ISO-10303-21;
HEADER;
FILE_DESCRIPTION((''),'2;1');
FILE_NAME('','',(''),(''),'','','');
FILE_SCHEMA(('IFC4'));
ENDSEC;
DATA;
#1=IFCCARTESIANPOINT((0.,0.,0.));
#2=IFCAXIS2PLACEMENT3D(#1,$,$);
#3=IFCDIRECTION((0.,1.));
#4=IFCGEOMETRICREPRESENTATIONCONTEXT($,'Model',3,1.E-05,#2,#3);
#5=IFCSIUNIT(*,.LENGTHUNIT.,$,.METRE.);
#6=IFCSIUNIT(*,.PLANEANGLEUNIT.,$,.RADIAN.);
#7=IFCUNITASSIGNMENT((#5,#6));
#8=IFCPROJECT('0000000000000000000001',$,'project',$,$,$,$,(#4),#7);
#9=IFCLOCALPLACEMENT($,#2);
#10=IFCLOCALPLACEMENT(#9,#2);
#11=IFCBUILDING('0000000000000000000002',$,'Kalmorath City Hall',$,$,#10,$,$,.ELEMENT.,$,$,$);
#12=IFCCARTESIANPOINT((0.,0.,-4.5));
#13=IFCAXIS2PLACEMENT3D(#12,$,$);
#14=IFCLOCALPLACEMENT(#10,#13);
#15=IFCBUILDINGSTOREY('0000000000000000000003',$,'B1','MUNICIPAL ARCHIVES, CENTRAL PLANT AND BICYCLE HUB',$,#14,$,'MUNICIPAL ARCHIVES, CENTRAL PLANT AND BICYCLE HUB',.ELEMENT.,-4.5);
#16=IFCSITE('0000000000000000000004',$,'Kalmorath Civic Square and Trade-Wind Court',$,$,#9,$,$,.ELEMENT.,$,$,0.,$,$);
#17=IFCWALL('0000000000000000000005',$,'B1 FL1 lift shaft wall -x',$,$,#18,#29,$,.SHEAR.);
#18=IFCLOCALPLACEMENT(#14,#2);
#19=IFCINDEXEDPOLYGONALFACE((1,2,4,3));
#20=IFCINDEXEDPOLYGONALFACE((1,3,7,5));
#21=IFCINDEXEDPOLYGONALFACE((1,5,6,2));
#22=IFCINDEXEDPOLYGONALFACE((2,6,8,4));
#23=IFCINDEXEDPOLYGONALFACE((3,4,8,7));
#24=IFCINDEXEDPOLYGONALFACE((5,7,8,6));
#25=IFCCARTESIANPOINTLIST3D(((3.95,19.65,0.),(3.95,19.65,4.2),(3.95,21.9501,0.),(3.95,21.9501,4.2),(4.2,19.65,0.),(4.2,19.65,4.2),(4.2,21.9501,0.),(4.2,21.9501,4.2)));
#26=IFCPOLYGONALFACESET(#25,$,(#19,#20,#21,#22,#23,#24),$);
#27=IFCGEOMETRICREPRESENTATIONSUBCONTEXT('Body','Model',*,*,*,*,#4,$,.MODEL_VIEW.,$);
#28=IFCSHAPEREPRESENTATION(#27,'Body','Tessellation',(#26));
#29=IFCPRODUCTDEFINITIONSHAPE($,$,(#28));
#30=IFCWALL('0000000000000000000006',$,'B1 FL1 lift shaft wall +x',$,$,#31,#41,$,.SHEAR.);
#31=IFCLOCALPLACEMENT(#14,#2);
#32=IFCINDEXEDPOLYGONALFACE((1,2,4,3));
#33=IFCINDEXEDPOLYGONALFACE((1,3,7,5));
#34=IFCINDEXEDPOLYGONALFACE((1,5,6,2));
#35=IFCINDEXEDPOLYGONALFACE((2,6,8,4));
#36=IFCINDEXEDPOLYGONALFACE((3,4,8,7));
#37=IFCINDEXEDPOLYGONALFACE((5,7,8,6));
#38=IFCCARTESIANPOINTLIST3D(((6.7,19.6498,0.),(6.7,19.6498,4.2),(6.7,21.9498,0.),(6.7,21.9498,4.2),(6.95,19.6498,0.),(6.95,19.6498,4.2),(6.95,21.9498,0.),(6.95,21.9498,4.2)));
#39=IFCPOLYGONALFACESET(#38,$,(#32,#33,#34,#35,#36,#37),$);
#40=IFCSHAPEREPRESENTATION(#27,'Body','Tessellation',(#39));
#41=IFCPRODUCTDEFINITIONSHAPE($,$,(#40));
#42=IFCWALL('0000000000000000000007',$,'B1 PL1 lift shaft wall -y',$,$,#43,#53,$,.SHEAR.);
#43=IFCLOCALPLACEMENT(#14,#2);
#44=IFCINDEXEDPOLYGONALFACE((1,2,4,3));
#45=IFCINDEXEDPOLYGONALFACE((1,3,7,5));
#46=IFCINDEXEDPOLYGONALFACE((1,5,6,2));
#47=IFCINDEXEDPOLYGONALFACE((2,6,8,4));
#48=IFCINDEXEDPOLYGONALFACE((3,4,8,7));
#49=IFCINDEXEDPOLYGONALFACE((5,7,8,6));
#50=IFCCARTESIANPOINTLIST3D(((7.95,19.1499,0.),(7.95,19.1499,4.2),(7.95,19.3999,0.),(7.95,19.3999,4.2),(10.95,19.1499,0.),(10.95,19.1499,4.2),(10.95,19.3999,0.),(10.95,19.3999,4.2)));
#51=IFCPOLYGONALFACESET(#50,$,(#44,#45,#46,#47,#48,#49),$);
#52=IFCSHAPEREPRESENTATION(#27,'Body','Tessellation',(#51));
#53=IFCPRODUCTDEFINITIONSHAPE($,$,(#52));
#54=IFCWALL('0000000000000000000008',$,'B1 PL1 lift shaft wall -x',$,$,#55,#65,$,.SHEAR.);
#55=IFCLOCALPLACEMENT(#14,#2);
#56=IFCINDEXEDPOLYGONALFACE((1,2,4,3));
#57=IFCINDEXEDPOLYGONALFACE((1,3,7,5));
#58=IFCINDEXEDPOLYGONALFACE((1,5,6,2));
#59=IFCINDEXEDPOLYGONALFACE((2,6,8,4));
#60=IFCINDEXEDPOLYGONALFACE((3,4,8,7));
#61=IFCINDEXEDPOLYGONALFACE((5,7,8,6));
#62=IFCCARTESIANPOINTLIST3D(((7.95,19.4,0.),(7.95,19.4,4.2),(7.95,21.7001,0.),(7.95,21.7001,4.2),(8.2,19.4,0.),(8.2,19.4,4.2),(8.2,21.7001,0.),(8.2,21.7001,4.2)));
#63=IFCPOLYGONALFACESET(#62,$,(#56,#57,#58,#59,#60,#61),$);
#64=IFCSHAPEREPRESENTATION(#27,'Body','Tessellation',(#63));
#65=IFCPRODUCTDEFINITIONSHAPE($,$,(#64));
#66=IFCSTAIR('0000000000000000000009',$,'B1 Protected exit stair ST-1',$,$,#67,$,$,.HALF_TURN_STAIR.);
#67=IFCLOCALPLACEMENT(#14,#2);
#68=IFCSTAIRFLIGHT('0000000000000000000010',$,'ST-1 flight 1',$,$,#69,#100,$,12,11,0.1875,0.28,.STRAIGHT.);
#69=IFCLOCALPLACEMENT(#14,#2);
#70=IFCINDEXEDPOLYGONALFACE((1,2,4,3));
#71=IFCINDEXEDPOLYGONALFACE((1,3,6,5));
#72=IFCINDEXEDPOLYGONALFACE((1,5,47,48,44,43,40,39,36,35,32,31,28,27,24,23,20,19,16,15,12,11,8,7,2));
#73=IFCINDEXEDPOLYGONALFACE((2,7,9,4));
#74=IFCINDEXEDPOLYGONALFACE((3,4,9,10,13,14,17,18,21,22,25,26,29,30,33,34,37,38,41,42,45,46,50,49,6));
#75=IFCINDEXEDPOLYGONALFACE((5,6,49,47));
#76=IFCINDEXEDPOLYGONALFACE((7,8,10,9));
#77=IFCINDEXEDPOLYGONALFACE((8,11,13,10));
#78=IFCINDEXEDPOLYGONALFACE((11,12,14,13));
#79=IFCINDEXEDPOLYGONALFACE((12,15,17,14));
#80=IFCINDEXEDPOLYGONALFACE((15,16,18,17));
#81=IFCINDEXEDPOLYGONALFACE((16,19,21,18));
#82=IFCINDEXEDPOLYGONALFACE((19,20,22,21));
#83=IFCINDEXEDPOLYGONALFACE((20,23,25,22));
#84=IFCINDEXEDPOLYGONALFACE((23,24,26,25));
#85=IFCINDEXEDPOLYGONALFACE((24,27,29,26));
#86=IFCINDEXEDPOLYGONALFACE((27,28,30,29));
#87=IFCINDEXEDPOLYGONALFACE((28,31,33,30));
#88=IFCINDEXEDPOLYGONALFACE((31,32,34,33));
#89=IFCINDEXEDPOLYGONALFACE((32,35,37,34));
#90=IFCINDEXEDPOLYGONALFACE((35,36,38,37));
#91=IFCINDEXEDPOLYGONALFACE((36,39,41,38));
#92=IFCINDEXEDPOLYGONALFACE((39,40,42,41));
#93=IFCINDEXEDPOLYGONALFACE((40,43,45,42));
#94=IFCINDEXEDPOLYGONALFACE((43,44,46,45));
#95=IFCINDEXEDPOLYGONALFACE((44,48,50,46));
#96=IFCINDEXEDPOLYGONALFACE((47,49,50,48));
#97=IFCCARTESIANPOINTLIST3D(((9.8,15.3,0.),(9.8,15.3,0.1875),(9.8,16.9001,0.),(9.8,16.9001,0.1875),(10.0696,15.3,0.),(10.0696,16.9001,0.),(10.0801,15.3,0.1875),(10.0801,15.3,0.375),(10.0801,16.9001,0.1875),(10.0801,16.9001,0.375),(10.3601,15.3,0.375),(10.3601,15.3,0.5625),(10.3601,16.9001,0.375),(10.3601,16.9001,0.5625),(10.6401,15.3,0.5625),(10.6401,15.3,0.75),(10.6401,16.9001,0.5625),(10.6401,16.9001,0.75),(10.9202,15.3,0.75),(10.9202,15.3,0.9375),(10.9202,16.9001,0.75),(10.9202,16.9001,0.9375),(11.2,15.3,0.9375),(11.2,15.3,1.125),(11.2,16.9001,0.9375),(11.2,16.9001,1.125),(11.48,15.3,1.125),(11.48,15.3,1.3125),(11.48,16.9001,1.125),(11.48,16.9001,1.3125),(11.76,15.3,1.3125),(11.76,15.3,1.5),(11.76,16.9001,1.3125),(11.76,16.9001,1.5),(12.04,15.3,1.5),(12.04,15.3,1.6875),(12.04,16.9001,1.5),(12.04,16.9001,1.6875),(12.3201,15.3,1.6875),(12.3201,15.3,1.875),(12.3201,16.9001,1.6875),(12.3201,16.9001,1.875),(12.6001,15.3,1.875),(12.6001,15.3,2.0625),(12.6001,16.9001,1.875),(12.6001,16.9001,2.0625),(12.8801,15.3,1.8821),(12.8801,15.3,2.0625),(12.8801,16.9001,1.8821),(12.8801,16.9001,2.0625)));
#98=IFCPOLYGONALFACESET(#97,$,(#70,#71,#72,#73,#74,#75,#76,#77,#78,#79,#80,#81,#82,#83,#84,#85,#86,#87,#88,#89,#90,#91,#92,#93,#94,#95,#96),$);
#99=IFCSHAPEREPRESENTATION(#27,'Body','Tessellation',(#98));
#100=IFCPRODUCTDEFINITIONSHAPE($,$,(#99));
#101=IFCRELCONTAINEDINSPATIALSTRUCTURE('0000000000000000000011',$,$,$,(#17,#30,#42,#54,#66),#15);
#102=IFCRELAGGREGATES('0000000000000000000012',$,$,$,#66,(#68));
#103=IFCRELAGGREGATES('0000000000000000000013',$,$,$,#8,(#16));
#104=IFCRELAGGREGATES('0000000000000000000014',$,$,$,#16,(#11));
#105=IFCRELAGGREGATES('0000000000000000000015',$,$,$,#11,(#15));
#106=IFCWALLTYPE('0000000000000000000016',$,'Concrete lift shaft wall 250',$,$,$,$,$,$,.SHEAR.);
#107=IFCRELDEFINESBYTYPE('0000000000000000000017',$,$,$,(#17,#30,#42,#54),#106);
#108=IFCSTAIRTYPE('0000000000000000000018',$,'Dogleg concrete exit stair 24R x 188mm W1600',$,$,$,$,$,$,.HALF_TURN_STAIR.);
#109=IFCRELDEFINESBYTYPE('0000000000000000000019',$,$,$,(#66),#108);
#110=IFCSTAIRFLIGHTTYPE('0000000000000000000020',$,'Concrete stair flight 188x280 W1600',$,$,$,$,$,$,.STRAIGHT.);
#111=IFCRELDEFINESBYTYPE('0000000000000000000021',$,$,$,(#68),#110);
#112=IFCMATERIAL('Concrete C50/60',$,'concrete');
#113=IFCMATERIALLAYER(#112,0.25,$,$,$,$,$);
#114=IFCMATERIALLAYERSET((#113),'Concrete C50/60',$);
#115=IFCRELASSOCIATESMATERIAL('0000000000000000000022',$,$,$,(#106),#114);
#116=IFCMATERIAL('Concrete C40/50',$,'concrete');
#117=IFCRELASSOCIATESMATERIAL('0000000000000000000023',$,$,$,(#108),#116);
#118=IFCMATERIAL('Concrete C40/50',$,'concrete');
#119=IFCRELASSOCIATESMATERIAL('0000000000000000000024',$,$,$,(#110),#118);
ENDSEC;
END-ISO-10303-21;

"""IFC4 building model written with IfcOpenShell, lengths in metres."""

from ifc_helpers import new_model, si_unit, direction, frame, frame_2d, origin, place, context, subcontext, project, spatial, polyline, rectangle, outline, extrude, material, layer, layer_set, type_object, element, aggregate, save


model = new_model("IFC4")

# Units and contexts
model_context = context("Model", 3, precision=1e-05, world=origin(), true_north=direction((0.0, 1.0)))
body_context = subcontext(model_context, "Body", "Model", "MODEL_VIEW")
ifc_project = project(units=[si_unit("LENGTHUNIT", "METRE"), si_unit("PLANEANGLEUNIT", "RADIAN")], contexts=[model_context])

# Site, building, storey
site_placement = place(None, origin())
site = spatial("IfcSite", under=ifc_project, at=site_placement, Name="Kalmorath Civic Square and Trade-Wind Court", CompositionType="ELEMENT", RefElevation=0.0)
building_placement = place(site_placement, origin())
building = spatial("IfcBuilding", under=site, at=building_placement, Name="Kalmorath City Hall", CompositionType="ELEMENT")
storey_placement = place(building_placement, frame((0.0, 0.0, -4.5)))
storey = spatial("IfcBuildingStorey", under=building, at=storey_placement, Name="B1", Description="MUNICIPAL ARCHIVES, CENTRAL PLANT AND BICYCLE HUB", LongName="MUNICIPAL ARCHIVES, CENTRAL PLANT AND BICYCLE HUB", CompositionType="ELEMENT", Elevation=-4.5)

# Shared definitions
ifc_material_1 = material(Name="Concrete C50/60", Category="concrete")
ifc_layer_1 = layer(ifc_material_1, 0.25)
ifc_layer_set_1 = layer_set([ifc_layer_1], Name="Concrete C50/60")
wall_type_1 = type_object("IfcWallType", Name="Concrete lift shaft wall 250", PredefinedType="SHEAR", material=ifc_layer_set_1)

# Walls
for number, where, z_axis, x_axis, name in (
    (1, (4.075, 21.95, 0.0), (0.0, 0.0, 1.0), (0.0, -1.0, 0.0), "B1 FL1 lift shaft wall -x"),
    (2, (6.825, 19.6499, 0.0), (0.0, 0.0, 1.0), (0.0, 1.0, 0.0), "B1 FL1 lift shaft wall +x"),
):
    element("IfcWall", number, at=place(storey_placement, frame(where, z_axis=z_axis, x_axis=x_axis)), inside=storey, type_object=wall_type_1, Name=name, PredefinedType="SHEAR", context=body_context, shape_type="SweptSolid", body=[
        extrude(rectangle(XDim=2.3, YDim=0.25, at=frame_2d((1.1499, 0.0))), origin(), (0.0, 0.0, 1.0), 4.2),
    ])
wall_1_placement = place(storey_placement, frame((7.95, 19.2749, 0.0), z_axis=(0.0, 0.0, 1.0), x_axis=(1.0, 0.0, 0.0)))
element("IfcWall", 3, at=wall_1_placement, inside=storey, type_object=wall_type_1, Name="B1 PL1 lift shaft wall -y", PredefinedType="SHEAR", context=body_context, shape_type="SweptSolid", body=[
    extrude(rectangle(XDim=3.0, YDim=0.25, at=frame_2d((1.5, 0.0))), origin(), (0.0, 0.0, 1.0), 4.2),
])
wall_2_placement = place(storey_placement, frame((8.075, 21.7, 0.0), z_axis=(0.0, 0.0, 1.0), x_axis=(0.0, -1.0, 0.0)))
element("IfcWall", 4, at=wall_2_placement, inside=storey, type_object=wall_type_1, Name="B1 PL1 lift shaft wall -x", PredefinedType="SHEAR", context=body_context, shape_type="SweptSolid", body=[
    extrude(rectangle(XDim=2.3, YDim=0.25, at=frame_2d((1.1499, 0.0))), origin(), (0.0, 0.0, 1.0), 4.2),
])

# Stair, stair flight
ifc_material_2 = material(Name="Concrete C40/50", Category="concrete")
stair_type = type_object("IfcStairType", Name="Dogleg concrete exit stair 24R x 188mm W1600", PredefinedType="HALF_TURN_STAIR", material=ifc_material_2)
stair_placement = place(storey_placement, origin())
stair = element("IfcStair", 5, at=stair_placement, inside=storey, type_object=stair_type, Name="B1 Protected exit stair ST-1", PredefinedType="HALF_TURN_STAIR")
ifc_material_3 = material(Name="Concrete C40/50", Category="concrete")
stair_flight_type = type_object("IfcStairFlightType", Name="Concrete stair flight 188x280 W1600", PredefinedType="STRAIGHT", material=ifc_material_3)
stair_flight_placement = place(storey_placement, frame((9.8, 16.1001, 0.0), z_axis=(0.0, 0.0, 1.0), x_axis=(1.0, 0.0, 0.0)))
stair_flight = element("IfcStairFlight", 6, at=stair_flight_placement, type_object=stair_flight_type, Name="ST-1 flight 1", NumberOfRisers=12, NumberOfTreads=11, PredefinedType="STRAIGHT", RiserHeight=0.1875, TreadLength=0.28, context=body_context, shape_type="SweptSolid", body=[
    extrude(outline(polyline([(0.0, 0.0), (0.0, 0.1875), (0.28, 0.1875), (0.28, 0.375), (0.5601, 0.375), (0.5601, 0.5625), (0.8401, 0.5625), (0.8401, 0.75), (1.1201, 0.75), (1.1201, 0.9375), (1.3999, 0.9375), (1.3999, 1.125), (1.6799, 1.125), (1.6799, 1.3125), (1.96, 1.3125), (1.96, 1.5), (2.24, 1.5), (2.24, 1.6875), (2.52, 1.6875), (2.52, 1.875), (2.8, 1.875), (2.8, 2.0625), (3.0801, 2.0625), (3.0801, 2.25), (3.0801, 1.8821), (0.2695, 0.0), (0.0, 0.0)])), frame((0.0, 0.8, 0.0), z_axis=(0.0, -1.0, 0.0), x_axis=(1.0, 0.0, 0.0)), (0.0, 0.0, 1.0), 1.6001),
])
aggregate(stair, [stair_flight])

save(model, "model.ifc")
